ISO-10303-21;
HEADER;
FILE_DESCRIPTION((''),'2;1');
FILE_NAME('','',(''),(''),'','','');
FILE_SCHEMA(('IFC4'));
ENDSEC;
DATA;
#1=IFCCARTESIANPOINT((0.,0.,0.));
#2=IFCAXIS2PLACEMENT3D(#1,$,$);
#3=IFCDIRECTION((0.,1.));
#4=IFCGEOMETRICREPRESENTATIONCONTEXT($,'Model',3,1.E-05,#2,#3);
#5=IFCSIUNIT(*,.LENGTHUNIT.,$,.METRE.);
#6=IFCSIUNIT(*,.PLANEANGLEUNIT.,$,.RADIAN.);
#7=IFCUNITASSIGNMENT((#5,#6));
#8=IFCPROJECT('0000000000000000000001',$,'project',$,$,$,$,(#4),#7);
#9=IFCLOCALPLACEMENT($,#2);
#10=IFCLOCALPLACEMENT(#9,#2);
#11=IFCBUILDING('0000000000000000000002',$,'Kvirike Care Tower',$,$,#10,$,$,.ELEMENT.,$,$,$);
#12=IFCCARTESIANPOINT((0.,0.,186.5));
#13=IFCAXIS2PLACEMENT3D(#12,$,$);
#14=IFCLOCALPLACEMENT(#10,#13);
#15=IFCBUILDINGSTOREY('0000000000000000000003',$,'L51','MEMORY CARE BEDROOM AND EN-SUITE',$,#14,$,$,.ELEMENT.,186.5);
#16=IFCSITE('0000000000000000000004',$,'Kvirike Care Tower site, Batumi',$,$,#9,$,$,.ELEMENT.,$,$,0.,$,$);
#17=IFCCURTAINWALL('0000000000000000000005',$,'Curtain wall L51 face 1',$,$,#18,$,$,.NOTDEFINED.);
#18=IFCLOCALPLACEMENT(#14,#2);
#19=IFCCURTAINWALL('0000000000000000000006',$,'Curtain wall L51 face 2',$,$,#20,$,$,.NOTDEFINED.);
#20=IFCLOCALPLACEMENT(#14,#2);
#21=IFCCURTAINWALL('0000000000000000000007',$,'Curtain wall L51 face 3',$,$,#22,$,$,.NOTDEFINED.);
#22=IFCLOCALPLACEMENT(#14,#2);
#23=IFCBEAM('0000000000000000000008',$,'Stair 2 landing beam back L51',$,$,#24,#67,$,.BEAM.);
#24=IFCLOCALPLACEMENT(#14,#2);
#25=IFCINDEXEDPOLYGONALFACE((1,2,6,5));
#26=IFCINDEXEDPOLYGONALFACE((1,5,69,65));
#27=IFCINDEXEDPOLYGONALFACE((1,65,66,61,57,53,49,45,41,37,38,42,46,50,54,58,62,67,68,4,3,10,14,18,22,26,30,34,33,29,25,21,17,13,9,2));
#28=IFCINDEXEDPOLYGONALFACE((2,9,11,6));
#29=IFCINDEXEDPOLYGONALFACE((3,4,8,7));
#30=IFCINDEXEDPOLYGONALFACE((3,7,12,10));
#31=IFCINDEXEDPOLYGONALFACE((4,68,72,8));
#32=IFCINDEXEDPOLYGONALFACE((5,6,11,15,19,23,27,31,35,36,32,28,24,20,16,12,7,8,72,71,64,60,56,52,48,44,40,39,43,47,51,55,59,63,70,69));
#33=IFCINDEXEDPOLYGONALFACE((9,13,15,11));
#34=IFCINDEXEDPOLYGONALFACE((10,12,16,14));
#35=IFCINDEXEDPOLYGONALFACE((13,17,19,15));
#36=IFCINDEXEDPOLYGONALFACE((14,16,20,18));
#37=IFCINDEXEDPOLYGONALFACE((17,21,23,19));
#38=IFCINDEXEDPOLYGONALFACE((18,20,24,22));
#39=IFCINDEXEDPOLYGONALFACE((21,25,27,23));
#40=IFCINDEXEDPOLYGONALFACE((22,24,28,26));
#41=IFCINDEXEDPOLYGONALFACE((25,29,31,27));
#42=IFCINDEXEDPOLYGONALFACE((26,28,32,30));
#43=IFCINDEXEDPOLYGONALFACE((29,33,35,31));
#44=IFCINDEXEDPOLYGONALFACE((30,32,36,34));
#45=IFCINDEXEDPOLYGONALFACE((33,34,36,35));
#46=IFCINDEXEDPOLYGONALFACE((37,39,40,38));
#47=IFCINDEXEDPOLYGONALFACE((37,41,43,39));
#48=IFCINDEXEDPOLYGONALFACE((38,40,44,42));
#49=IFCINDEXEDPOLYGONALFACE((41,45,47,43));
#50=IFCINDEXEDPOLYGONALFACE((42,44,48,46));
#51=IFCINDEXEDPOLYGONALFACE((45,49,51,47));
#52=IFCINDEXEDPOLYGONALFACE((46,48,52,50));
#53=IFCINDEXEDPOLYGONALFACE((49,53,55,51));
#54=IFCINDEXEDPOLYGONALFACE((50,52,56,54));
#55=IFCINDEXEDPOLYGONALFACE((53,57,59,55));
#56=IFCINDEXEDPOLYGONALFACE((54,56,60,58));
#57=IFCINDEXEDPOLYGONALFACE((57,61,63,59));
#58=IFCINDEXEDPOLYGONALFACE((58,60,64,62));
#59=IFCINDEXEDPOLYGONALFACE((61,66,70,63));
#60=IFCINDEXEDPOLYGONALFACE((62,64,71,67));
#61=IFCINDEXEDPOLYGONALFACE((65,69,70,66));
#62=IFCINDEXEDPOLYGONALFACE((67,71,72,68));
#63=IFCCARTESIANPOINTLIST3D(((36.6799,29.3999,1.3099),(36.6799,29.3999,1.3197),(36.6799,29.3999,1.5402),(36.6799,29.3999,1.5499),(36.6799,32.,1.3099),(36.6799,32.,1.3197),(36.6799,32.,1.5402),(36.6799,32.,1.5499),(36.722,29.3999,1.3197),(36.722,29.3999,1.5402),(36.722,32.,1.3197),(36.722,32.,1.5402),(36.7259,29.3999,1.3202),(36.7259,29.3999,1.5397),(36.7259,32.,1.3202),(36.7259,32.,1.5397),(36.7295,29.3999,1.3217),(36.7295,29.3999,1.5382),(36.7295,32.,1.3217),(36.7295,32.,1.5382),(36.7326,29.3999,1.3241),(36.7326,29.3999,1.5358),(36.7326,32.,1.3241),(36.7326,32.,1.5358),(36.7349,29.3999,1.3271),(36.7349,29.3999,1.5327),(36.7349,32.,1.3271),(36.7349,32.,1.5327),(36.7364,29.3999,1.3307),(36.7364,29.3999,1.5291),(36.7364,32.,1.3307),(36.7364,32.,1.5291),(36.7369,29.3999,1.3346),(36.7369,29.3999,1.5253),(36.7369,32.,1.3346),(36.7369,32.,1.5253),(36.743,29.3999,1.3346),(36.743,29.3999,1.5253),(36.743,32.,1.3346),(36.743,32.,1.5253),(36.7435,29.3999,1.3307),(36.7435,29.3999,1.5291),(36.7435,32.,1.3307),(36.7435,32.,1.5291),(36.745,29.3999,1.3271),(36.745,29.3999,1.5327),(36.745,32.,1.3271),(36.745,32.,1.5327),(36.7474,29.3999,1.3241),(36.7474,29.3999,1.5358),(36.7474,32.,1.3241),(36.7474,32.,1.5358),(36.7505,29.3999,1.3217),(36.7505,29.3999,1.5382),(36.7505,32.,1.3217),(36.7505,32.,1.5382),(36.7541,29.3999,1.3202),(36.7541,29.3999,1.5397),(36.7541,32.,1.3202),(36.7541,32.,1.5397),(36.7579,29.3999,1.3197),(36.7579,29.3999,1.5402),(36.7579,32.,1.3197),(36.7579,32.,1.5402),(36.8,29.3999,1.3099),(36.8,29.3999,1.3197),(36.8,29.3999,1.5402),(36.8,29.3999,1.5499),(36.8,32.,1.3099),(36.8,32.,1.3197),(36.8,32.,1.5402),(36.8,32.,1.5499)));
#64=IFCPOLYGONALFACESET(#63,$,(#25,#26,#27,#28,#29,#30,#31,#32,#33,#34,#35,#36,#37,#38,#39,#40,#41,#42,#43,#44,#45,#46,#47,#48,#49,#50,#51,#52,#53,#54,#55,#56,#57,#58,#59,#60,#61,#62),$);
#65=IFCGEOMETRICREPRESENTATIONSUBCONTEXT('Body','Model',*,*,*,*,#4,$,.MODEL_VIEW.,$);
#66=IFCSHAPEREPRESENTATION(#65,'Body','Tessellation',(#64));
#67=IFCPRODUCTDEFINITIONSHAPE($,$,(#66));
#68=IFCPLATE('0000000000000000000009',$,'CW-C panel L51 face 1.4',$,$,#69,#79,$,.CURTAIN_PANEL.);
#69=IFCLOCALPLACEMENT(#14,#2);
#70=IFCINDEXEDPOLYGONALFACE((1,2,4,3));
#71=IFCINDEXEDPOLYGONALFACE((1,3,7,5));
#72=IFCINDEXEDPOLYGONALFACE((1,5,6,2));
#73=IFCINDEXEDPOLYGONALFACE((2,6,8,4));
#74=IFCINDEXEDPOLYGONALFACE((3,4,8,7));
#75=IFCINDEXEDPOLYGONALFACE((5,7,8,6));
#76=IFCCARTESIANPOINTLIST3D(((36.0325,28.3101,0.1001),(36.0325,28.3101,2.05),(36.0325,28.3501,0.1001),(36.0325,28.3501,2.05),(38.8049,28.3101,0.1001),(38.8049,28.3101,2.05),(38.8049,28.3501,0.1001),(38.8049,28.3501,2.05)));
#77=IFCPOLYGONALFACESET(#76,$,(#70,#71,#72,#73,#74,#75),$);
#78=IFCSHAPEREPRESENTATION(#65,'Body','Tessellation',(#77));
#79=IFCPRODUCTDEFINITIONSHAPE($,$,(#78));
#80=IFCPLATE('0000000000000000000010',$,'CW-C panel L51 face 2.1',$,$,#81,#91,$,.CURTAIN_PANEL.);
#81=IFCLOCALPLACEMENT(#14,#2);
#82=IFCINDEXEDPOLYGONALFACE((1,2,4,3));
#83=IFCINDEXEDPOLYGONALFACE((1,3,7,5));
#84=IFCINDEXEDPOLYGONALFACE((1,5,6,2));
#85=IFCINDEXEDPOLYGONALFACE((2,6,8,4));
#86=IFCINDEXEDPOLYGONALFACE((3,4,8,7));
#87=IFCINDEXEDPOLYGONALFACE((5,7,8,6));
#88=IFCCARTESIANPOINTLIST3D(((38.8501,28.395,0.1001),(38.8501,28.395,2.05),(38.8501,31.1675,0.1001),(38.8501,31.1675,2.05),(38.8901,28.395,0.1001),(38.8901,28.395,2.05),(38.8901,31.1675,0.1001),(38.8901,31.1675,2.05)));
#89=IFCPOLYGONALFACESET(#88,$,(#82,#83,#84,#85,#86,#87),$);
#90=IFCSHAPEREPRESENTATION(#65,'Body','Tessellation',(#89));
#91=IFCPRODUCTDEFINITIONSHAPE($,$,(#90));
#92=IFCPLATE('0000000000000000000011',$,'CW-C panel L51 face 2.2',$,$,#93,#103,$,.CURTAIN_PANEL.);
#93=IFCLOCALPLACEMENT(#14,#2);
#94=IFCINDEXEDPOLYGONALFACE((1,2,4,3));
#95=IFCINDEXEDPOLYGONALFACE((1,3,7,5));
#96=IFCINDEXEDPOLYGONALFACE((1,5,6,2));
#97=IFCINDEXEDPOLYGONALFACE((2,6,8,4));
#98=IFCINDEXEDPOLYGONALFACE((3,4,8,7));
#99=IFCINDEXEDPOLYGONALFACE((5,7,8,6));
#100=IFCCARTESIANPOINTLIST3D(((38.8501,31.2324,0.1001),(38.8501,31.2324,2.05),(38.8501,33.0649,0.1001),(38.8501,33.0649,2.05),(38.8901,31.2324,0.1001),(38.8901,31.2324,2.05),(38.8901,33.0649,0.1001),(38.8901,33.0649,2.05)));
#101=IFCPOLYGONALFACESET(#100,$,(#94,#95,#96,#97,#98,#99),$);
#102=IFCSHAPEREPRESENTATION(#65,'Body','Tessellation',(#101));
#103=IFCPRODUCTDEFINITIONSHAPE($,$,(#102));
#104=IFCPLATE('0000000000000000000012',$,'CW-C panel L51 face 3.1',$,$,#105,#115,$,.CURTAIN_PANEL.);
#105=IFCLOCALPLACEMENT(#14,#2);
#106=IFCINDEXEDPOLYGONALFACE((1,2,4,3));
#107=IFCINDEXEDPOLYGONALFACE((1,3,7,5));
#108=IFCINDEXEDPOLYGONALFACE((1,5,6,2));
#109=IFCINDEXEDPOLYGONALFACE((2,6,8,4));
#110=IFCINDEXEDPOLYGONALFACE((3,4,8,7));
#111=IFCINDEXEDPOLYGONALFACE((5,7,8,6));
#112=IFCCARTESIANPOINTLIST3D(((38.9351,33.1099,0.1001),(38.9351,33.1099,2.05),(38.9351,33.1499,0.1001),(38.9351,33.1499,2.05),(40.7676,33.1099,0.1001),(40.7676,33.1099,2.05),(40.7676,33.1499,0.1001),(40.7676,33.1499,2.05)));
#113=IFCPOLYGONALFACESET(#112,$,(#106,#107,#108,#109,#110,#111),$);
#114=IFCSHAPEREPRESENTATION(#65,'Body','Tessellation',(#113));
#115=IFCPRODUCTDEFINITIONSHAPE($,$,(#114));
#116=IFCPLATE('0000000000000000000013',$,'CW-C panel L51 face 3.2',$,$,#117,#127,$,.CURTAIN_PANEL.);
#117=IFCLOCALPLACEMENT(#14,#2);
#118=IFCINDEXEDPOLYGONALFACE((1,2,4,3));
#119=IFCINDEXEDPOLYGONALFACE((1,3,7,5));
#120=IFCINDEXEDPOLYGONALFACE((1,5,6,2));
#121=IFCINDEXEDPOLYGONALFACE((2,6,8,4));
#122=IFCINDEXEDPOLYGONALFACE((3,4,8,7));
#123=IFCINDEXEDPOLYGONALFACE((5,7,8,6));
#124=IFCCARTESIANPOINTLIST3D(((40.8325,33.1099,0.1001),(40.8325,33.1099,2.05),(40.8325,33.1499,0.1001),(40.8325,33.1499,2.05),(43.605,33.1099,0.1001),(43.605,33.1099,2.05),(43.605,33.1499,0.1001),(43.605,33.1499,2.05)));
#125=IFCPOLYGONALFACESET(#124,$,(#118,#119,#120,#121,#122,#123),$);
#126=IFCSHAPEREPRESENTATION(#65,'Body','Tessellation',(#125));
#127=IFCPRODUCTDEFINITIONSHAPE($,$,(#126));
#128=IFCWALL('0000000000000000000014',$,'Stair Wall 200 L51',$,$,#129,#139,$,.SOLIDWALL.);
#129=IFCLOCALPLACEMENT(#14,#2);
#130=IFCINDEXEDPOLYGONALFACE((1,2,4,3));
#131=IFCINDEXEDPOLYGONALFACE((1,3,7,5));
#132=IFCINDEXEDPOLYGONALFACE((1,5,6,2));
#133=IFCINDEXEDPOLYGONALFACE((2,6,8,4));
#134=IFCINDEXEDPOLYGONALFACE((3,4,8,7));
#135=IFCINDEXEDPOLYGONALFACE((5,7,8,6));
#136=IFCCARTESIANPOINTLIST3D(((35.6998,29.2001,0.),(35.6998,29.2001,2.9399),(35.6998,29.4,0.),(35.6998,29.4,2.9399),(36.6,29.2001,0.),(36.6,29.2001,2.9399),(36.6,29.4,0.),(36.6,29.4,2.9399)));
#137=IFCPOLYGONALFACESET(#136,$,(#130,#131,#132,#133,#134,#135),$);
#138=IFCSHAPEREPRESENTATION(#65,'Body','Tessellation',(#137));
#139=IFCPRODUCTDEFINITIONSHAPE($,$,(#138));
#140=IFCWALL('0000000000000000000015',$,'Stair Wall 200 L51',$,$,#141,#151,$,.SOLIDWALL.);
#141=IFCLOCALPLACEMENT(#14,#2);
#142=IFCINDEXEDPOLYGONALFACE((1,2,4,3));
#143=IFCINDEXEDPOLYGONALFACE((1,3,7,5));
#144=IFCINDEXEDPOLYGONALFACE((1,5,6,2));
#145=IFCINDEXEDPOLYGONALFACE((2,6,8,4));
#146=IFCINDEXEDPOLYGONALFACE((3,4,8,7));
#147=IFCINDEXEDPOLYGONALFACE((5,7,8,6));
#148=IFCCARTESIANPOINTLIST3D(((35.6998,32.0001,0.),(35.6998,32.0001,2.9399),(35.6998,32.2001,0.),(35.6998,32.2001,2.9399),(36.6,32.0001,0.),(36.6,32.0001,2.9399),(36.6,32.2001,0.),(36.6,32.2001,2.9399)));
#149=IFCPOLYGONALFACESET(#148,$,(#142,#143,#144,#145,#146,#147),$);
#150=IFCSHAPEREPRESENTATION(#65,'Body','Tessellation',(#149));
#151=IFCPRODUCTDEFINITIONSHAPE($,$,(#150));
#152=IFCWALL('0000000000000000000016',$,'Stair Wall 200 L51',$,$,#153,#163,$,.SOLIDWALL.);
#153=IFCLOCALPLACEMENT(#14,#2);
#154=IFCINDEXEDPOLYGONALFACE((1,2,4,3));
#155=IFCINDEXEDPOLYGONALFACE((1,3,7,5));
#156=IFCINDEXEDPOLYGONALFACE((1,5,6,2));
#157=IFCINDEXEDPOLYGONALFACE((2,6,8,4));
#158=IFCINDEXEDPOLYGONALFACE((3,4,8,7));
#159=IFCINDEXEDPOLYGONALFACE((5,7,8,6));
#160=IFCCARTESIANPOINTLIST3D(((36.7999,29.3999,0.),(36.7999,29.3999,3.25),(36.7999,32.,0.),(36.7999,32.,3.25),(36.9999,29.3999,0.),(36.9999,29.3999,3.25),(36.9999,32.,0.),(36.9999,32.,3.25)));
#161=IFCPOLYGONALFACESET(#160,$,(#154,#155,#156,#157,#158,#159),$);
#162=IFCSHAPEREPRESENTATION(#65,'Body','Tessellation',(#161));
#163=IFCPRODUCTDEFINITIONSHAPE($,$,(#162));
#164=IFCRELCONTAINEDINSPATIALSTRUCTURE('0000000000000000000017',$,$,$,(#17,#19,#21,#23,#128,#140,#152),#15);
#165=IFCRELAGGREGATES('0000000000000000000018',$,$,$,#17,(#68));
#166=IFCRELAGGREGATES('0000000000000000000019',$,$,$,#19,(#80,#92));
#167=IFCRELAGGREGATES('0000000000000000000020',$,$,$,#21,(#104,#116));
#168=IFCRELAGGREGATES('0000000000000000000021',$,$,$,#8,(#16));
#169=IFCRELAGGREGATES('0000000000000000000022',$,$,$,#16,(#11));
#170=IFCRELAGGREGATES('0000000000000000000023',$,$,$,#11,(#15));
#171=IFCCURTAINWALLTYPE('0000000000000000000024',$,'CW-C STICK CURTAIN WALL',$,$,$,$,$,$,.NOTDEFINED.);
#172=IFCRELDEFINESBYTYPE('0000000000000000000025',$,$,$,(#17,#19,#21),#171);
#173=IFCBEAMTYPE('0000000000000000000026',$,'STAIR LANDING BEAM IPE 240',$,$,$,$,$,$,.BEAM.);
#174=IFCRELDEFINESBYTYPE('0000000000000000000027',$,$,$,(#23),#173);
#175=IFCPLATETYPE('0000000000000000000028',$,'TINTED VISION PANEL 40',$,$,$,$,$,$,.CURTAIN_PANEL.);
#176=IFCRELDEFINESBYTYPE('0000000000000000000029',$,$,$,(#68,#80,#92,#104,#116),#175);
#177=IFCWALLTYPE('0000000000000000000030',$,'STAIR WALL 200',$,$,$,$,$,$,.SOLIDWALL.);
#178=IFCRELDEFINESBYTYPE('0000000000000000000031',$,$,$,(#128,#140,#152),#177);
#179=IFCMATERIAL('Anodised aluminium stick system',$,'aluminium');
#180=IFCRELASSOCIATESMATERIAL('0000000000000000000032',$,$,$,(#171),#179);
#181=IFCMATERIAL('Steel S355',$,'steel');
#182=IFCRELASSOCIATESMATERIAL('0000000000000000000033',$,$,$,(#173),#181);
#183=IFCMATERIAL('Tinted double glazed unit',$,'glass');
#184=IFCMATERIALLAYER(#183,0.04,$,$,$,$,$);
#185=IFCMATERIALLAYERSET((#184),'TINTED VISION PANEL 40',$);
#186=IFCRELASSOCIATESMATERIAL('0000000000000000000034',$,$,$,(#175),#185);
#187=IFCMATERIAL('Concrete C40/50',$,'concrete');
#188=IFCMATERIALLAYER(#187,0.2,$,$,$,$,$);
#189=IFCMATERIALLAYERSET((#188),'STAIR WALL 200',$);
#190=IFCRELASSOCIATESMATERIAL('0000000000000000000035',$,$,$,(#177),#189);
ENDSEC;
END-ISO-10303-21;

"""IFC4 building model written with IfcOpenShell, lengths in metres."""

from ifc_helpers import new_model, si_unit, direction, frame, frame_2d, origin, origin_2d, place, context, subcontext, project, spatial, rectangle, i_section, extrude, material, layer, layer_set, material_profile, profile_set, type_object, element, aggregate, save


model = new_model("IFC4")

# Units and contexts
model_context = context("Model", 3, precision=1e-05, world=origin(), true_north=direction((0.0, 1.0)))
body_context = subcontext(model_context, "Body", "Model", "MODEL_VIEW")
ifc_project = project(units=[si_unit("LENGTHUNIT", "METRE"), si_unit("PLANEANGLEUNIT", "RADIAN")], contexts=[model_context])

# Site, building, storey
site_placement = place(None, origin())
site = spatial("IfcSite", under=ifc_project, at=site_placement, Name="Kvirike Care Tower site, Batumi", CompositionType="ELEMENT", RefElevation=0.0)
building_placement = place(site_placement, origin())
building = spatial("IfcBuilding", under=site, at=building_placement, Name="Kvirike Care Tower", CompositionType="ELEMENT")
storey_placement = place(building_placement, frame((0.0, 0.0, 186.5)))
storey = spatial("IfcBuildingStorey", under=building, at=storey_placement, Name="L51", Description="MEMORY CARE BEDROOM AND EN-SUITE", CompositionType="ELEMENT", Elevation=186.5)

# Curtain walls
ifc_material_1 = material(Name="Anodised aluminium stick system", Category="aluminium")
curtain_wall_type = type_object("IfcCurtainWallType", Name="CW-C STICK CURTAIN WALL", PredefinedType="NOTDEFINED", material=ifc_material_1)
curtain_wall_1_placement = place(storey_placement, origin())
curtain_wall_1 = element("IfcCurtainWall", 1, at=curtain_wall_1_placement, inside=storey, type_object=curtain_wall_type, Name="Curtain wall L51 face 1", PredefinedType="NOTDEFINED")
curtain_wall_2_placement = place(storey_placement, origin())
curtain_wall_2 = element("IfcCurtainWall", 2, at=curtain_wall_2_placement, inside=storey, type_object=curtain_wall_type, Name="Curtain wall L51 face 2", PredefinedType="NOTDEFINED")
curtain_wall_3_placement = place(storey_placement, origin())
curtain_wall_3 = element("IfcCurtainWall", 3, at=curtain_wall_3_placement, inside=storey, type_object=curtain_wall_type, Name="Curtain wall L51 face 3", PredefinedType="NOTDEFINED")

# Beam
ifc_material_2 = material(Name="Steel S355", Category="steel")
ifc_material_profile_1 = material_profile(ifc_material_2, i_section(OverallWidth=0.1201, OverallDepth=0.24, WebThickness=0.0061, FlangeThickness=0.0098, FilletRadius=0.0149, at=origin_2d()), Name="IPE 240")
ifc_profile_set_1 = profile_set([ifc_material_profile_1], Name="Steel S355")
beam_type_1 = type_object("IfcBeamType", Name="STAIR LANDING BEAM IPE 240", PredefinedType="BEAM", material=ifc_profile_set_1)
beam_placement = place(storey_placement, frame((36.74, 29.3999, 1.4299), z_axis=(0.0, 1.0, 0.0), x_axis=(-1.0, 0.0, 0.0)))
element("IfcBeam", 4, at=beam_placement, inside=storey, type_object=beam_type_1, Name="Stair 2 landing beam back L51", PredefinedType="BEAM", context=body_context, shape_type="SweptSolid", body=[
    extrude(i_section(OverallWidth=0.1201, OverallDepth=0.24, WebThickness=0.0061, FlangeThickness=0.0098, FilletRadius=0.0149, at=origin_2d()), origin(), (0.0, 0.0, 1.0), 2.6001),
])

# Plates
ifc_material_3 = material(Name="Tinted double glazed unit", Category="glass")
ifc_layer_1 = layer(ifc_material_3, 0.04)
ifc_layer_set_1 = layer_set([ifc_layer_1], Name="TINTED VISION PANEL 40")
plate_type = type_object("IfcPlateType", Name="TINTED VISION PANEL 40", PredefinedType="CURTAIN_PANEL", material=ifc_layer_set_1)
plate_1_placement = place(storey_placement, frame((37.4187, 28.3301, 0.1001), z_axis=(0.0, 0.0, 1.0), x_axis=(1.0, 0.0, 0.0)))
plate_1 = element("IfcPlate", 5, at=plate_1_placement, type_object=plate_type, Name="CW-C panel L51 face 1.4", PredefinedType="CURTAIN_PANEL", context=body_context, shape_type="SweptSolid", body=[
    extrude(rectangle(XDim=2.7725, YDim=0.04, at=origin_2d()), origin(), (0.0, 0.0, 1.0), 1.95),
])
aggregate(curtain_wall_1, [plate_1])
plate_2_placement = place(storey_placement, frame((38.8701, 29.7812, 0.1001), z_axis=(0.0, 0.0, 1.0), x_axis=(0.0, 1.0, 0.0)))
plate_2 = element("IfcPlate", 6, at=plate_2_placement, type_object=plate_type, Name="CW-C panel L51 face 2.1", PredefinedType="CURTAIN_PANEL", context=body_context, shape_type="SweptSolid", body=[
    extrude(rectangle(XDim=2.7725, YDim=0.04, at=origin_2d()), origin(), (0.0, 0.0, 1.0), 1.95),
])
plate_3_placement = place(storey_placement, frame((38.8701, 32.1487, 0.1001), z_axis=(0.0, 0.0, 1.0), x_axis=(0.0, 1.0, 0.0)))
plate_3 = element("IfcPlate", 7, at=plate_3_placement, type_object=plate_type, Name="CW-C panel L51 face 2.2", PredefinedType="CURTAIN_PANEL", context=body_context, shape_type="SweptSolid", body=[
    extrude(rectangle(XDim=1.8325, YDim=0.04, at=origin_2d()), origin(), (0.0, 0.0, 1.0), 1.95),
])
aggregate(curtain_wall_2, [plate_2, plate_3])
plate_4_placement = place(storey_placement, frame((39.8513, 33.1299, 0.1001), z_axis=(0.0, 0.0, 1.0), x_axis=(1.0, 0.0, 0.0)))
plate_4 = element("IfcPlate", 8, at=plate_4_placement, type_object=plate_type, Name="CW-C panel L51 face 3.1", PredefinedType="CURTAIN_PANEL", context=body_context, shape_type="SweptSolid", body=[
    extrude(rectangle(XDim=1.8325, YDim=0.04, at=origin_2d()), origin(), (0.0, 0.0, 1.0), 1.95),
])
plate_5_placement = place(storey_placement, frame((42.2188, 33.1299, 0.1001), z_axis=(0.0, 0.0, 1.0), x_axis=(1.0, 0.0, 0.0)))
plate_5 = element("IfcPlate", 9, at=plate_5_placement, type_object=plate_type, Name="CW-C panel L51 face 3.2", PredefinedType="CURTAIN_PANEL", context=body_context, shape_type="SweptSolid", body=[
    extrude(rectangle(XDim=2.7725, YDim=0.04, at=origin_2d()), origin(), (0.0, 0.0, 1.0), 1.95),
])
aggregate(curtain_wall_3, [plate_4, plate_5])

# Walls
ifc_material_4 = material(Name="Concrete C40/50", Category="concrete")
ifc_layer_2 = layer(ifc_material_4, 0.2)
ifc_layer_set_2 = layer_set([ifc_layer_2], Name="STAIR WALL 200")
wall_type = type_object("IfcWallType", Name="STAIR WALL 200", PredefinedType="SOLIDWALL", material=ifc_layer_set_2)
for number, where, z_axis, x_axis, name in (
    (10, (36.6001, 29.3, 0.0), (0.0, 0.0, 1.0), (-1.0, 0.0, 0.0), "Stair Wall 200 L51"),
    (11, (36.6001, 32.1001, 0.0), (0.0, 0.0, 1.0), (-1.0, 0.0, 0.0), "Stair Wall 200 L51"),
):
    element("IfcWall", number, at=place(storey_placement, frame(where, z_axis=z_axis, x_axis=x_axis)), inside=storey, type_object=wall_type, Name=name, PredefinedType="SOLIDWALL", context=body_context, shape_type="SweptSolid", body=[
        extrude(rectangle(XDim=0.9001, YDim=0.2, at=frame_2d((0.4502, 0.0))), origin(), (0.0, 0.0, 1.0), 2.9399),
    ])
wall_placement = place(storey_placement, frame((36.8999, 29.3999, 0.0), z_axis=(0.0, 0.0, 1.0), x_axis=(0.0, 1.0, 0.0)))
element("IfcWall", 12, at=wall_placement, inside=storey, type_object=wall_type, Name="Stair Wall 200 L51", PredefinedType="SOLIDWALL", context=body_context, shape_type="SweptSolid", body=[
    extrude(rectangle(XDim=2.6001, YDim=0.2, at=frame_2d((1.3, 0.0))), origin(), (0.0, 0.0, 1.0), 3.25),
])

save(model, "model.ifc")
